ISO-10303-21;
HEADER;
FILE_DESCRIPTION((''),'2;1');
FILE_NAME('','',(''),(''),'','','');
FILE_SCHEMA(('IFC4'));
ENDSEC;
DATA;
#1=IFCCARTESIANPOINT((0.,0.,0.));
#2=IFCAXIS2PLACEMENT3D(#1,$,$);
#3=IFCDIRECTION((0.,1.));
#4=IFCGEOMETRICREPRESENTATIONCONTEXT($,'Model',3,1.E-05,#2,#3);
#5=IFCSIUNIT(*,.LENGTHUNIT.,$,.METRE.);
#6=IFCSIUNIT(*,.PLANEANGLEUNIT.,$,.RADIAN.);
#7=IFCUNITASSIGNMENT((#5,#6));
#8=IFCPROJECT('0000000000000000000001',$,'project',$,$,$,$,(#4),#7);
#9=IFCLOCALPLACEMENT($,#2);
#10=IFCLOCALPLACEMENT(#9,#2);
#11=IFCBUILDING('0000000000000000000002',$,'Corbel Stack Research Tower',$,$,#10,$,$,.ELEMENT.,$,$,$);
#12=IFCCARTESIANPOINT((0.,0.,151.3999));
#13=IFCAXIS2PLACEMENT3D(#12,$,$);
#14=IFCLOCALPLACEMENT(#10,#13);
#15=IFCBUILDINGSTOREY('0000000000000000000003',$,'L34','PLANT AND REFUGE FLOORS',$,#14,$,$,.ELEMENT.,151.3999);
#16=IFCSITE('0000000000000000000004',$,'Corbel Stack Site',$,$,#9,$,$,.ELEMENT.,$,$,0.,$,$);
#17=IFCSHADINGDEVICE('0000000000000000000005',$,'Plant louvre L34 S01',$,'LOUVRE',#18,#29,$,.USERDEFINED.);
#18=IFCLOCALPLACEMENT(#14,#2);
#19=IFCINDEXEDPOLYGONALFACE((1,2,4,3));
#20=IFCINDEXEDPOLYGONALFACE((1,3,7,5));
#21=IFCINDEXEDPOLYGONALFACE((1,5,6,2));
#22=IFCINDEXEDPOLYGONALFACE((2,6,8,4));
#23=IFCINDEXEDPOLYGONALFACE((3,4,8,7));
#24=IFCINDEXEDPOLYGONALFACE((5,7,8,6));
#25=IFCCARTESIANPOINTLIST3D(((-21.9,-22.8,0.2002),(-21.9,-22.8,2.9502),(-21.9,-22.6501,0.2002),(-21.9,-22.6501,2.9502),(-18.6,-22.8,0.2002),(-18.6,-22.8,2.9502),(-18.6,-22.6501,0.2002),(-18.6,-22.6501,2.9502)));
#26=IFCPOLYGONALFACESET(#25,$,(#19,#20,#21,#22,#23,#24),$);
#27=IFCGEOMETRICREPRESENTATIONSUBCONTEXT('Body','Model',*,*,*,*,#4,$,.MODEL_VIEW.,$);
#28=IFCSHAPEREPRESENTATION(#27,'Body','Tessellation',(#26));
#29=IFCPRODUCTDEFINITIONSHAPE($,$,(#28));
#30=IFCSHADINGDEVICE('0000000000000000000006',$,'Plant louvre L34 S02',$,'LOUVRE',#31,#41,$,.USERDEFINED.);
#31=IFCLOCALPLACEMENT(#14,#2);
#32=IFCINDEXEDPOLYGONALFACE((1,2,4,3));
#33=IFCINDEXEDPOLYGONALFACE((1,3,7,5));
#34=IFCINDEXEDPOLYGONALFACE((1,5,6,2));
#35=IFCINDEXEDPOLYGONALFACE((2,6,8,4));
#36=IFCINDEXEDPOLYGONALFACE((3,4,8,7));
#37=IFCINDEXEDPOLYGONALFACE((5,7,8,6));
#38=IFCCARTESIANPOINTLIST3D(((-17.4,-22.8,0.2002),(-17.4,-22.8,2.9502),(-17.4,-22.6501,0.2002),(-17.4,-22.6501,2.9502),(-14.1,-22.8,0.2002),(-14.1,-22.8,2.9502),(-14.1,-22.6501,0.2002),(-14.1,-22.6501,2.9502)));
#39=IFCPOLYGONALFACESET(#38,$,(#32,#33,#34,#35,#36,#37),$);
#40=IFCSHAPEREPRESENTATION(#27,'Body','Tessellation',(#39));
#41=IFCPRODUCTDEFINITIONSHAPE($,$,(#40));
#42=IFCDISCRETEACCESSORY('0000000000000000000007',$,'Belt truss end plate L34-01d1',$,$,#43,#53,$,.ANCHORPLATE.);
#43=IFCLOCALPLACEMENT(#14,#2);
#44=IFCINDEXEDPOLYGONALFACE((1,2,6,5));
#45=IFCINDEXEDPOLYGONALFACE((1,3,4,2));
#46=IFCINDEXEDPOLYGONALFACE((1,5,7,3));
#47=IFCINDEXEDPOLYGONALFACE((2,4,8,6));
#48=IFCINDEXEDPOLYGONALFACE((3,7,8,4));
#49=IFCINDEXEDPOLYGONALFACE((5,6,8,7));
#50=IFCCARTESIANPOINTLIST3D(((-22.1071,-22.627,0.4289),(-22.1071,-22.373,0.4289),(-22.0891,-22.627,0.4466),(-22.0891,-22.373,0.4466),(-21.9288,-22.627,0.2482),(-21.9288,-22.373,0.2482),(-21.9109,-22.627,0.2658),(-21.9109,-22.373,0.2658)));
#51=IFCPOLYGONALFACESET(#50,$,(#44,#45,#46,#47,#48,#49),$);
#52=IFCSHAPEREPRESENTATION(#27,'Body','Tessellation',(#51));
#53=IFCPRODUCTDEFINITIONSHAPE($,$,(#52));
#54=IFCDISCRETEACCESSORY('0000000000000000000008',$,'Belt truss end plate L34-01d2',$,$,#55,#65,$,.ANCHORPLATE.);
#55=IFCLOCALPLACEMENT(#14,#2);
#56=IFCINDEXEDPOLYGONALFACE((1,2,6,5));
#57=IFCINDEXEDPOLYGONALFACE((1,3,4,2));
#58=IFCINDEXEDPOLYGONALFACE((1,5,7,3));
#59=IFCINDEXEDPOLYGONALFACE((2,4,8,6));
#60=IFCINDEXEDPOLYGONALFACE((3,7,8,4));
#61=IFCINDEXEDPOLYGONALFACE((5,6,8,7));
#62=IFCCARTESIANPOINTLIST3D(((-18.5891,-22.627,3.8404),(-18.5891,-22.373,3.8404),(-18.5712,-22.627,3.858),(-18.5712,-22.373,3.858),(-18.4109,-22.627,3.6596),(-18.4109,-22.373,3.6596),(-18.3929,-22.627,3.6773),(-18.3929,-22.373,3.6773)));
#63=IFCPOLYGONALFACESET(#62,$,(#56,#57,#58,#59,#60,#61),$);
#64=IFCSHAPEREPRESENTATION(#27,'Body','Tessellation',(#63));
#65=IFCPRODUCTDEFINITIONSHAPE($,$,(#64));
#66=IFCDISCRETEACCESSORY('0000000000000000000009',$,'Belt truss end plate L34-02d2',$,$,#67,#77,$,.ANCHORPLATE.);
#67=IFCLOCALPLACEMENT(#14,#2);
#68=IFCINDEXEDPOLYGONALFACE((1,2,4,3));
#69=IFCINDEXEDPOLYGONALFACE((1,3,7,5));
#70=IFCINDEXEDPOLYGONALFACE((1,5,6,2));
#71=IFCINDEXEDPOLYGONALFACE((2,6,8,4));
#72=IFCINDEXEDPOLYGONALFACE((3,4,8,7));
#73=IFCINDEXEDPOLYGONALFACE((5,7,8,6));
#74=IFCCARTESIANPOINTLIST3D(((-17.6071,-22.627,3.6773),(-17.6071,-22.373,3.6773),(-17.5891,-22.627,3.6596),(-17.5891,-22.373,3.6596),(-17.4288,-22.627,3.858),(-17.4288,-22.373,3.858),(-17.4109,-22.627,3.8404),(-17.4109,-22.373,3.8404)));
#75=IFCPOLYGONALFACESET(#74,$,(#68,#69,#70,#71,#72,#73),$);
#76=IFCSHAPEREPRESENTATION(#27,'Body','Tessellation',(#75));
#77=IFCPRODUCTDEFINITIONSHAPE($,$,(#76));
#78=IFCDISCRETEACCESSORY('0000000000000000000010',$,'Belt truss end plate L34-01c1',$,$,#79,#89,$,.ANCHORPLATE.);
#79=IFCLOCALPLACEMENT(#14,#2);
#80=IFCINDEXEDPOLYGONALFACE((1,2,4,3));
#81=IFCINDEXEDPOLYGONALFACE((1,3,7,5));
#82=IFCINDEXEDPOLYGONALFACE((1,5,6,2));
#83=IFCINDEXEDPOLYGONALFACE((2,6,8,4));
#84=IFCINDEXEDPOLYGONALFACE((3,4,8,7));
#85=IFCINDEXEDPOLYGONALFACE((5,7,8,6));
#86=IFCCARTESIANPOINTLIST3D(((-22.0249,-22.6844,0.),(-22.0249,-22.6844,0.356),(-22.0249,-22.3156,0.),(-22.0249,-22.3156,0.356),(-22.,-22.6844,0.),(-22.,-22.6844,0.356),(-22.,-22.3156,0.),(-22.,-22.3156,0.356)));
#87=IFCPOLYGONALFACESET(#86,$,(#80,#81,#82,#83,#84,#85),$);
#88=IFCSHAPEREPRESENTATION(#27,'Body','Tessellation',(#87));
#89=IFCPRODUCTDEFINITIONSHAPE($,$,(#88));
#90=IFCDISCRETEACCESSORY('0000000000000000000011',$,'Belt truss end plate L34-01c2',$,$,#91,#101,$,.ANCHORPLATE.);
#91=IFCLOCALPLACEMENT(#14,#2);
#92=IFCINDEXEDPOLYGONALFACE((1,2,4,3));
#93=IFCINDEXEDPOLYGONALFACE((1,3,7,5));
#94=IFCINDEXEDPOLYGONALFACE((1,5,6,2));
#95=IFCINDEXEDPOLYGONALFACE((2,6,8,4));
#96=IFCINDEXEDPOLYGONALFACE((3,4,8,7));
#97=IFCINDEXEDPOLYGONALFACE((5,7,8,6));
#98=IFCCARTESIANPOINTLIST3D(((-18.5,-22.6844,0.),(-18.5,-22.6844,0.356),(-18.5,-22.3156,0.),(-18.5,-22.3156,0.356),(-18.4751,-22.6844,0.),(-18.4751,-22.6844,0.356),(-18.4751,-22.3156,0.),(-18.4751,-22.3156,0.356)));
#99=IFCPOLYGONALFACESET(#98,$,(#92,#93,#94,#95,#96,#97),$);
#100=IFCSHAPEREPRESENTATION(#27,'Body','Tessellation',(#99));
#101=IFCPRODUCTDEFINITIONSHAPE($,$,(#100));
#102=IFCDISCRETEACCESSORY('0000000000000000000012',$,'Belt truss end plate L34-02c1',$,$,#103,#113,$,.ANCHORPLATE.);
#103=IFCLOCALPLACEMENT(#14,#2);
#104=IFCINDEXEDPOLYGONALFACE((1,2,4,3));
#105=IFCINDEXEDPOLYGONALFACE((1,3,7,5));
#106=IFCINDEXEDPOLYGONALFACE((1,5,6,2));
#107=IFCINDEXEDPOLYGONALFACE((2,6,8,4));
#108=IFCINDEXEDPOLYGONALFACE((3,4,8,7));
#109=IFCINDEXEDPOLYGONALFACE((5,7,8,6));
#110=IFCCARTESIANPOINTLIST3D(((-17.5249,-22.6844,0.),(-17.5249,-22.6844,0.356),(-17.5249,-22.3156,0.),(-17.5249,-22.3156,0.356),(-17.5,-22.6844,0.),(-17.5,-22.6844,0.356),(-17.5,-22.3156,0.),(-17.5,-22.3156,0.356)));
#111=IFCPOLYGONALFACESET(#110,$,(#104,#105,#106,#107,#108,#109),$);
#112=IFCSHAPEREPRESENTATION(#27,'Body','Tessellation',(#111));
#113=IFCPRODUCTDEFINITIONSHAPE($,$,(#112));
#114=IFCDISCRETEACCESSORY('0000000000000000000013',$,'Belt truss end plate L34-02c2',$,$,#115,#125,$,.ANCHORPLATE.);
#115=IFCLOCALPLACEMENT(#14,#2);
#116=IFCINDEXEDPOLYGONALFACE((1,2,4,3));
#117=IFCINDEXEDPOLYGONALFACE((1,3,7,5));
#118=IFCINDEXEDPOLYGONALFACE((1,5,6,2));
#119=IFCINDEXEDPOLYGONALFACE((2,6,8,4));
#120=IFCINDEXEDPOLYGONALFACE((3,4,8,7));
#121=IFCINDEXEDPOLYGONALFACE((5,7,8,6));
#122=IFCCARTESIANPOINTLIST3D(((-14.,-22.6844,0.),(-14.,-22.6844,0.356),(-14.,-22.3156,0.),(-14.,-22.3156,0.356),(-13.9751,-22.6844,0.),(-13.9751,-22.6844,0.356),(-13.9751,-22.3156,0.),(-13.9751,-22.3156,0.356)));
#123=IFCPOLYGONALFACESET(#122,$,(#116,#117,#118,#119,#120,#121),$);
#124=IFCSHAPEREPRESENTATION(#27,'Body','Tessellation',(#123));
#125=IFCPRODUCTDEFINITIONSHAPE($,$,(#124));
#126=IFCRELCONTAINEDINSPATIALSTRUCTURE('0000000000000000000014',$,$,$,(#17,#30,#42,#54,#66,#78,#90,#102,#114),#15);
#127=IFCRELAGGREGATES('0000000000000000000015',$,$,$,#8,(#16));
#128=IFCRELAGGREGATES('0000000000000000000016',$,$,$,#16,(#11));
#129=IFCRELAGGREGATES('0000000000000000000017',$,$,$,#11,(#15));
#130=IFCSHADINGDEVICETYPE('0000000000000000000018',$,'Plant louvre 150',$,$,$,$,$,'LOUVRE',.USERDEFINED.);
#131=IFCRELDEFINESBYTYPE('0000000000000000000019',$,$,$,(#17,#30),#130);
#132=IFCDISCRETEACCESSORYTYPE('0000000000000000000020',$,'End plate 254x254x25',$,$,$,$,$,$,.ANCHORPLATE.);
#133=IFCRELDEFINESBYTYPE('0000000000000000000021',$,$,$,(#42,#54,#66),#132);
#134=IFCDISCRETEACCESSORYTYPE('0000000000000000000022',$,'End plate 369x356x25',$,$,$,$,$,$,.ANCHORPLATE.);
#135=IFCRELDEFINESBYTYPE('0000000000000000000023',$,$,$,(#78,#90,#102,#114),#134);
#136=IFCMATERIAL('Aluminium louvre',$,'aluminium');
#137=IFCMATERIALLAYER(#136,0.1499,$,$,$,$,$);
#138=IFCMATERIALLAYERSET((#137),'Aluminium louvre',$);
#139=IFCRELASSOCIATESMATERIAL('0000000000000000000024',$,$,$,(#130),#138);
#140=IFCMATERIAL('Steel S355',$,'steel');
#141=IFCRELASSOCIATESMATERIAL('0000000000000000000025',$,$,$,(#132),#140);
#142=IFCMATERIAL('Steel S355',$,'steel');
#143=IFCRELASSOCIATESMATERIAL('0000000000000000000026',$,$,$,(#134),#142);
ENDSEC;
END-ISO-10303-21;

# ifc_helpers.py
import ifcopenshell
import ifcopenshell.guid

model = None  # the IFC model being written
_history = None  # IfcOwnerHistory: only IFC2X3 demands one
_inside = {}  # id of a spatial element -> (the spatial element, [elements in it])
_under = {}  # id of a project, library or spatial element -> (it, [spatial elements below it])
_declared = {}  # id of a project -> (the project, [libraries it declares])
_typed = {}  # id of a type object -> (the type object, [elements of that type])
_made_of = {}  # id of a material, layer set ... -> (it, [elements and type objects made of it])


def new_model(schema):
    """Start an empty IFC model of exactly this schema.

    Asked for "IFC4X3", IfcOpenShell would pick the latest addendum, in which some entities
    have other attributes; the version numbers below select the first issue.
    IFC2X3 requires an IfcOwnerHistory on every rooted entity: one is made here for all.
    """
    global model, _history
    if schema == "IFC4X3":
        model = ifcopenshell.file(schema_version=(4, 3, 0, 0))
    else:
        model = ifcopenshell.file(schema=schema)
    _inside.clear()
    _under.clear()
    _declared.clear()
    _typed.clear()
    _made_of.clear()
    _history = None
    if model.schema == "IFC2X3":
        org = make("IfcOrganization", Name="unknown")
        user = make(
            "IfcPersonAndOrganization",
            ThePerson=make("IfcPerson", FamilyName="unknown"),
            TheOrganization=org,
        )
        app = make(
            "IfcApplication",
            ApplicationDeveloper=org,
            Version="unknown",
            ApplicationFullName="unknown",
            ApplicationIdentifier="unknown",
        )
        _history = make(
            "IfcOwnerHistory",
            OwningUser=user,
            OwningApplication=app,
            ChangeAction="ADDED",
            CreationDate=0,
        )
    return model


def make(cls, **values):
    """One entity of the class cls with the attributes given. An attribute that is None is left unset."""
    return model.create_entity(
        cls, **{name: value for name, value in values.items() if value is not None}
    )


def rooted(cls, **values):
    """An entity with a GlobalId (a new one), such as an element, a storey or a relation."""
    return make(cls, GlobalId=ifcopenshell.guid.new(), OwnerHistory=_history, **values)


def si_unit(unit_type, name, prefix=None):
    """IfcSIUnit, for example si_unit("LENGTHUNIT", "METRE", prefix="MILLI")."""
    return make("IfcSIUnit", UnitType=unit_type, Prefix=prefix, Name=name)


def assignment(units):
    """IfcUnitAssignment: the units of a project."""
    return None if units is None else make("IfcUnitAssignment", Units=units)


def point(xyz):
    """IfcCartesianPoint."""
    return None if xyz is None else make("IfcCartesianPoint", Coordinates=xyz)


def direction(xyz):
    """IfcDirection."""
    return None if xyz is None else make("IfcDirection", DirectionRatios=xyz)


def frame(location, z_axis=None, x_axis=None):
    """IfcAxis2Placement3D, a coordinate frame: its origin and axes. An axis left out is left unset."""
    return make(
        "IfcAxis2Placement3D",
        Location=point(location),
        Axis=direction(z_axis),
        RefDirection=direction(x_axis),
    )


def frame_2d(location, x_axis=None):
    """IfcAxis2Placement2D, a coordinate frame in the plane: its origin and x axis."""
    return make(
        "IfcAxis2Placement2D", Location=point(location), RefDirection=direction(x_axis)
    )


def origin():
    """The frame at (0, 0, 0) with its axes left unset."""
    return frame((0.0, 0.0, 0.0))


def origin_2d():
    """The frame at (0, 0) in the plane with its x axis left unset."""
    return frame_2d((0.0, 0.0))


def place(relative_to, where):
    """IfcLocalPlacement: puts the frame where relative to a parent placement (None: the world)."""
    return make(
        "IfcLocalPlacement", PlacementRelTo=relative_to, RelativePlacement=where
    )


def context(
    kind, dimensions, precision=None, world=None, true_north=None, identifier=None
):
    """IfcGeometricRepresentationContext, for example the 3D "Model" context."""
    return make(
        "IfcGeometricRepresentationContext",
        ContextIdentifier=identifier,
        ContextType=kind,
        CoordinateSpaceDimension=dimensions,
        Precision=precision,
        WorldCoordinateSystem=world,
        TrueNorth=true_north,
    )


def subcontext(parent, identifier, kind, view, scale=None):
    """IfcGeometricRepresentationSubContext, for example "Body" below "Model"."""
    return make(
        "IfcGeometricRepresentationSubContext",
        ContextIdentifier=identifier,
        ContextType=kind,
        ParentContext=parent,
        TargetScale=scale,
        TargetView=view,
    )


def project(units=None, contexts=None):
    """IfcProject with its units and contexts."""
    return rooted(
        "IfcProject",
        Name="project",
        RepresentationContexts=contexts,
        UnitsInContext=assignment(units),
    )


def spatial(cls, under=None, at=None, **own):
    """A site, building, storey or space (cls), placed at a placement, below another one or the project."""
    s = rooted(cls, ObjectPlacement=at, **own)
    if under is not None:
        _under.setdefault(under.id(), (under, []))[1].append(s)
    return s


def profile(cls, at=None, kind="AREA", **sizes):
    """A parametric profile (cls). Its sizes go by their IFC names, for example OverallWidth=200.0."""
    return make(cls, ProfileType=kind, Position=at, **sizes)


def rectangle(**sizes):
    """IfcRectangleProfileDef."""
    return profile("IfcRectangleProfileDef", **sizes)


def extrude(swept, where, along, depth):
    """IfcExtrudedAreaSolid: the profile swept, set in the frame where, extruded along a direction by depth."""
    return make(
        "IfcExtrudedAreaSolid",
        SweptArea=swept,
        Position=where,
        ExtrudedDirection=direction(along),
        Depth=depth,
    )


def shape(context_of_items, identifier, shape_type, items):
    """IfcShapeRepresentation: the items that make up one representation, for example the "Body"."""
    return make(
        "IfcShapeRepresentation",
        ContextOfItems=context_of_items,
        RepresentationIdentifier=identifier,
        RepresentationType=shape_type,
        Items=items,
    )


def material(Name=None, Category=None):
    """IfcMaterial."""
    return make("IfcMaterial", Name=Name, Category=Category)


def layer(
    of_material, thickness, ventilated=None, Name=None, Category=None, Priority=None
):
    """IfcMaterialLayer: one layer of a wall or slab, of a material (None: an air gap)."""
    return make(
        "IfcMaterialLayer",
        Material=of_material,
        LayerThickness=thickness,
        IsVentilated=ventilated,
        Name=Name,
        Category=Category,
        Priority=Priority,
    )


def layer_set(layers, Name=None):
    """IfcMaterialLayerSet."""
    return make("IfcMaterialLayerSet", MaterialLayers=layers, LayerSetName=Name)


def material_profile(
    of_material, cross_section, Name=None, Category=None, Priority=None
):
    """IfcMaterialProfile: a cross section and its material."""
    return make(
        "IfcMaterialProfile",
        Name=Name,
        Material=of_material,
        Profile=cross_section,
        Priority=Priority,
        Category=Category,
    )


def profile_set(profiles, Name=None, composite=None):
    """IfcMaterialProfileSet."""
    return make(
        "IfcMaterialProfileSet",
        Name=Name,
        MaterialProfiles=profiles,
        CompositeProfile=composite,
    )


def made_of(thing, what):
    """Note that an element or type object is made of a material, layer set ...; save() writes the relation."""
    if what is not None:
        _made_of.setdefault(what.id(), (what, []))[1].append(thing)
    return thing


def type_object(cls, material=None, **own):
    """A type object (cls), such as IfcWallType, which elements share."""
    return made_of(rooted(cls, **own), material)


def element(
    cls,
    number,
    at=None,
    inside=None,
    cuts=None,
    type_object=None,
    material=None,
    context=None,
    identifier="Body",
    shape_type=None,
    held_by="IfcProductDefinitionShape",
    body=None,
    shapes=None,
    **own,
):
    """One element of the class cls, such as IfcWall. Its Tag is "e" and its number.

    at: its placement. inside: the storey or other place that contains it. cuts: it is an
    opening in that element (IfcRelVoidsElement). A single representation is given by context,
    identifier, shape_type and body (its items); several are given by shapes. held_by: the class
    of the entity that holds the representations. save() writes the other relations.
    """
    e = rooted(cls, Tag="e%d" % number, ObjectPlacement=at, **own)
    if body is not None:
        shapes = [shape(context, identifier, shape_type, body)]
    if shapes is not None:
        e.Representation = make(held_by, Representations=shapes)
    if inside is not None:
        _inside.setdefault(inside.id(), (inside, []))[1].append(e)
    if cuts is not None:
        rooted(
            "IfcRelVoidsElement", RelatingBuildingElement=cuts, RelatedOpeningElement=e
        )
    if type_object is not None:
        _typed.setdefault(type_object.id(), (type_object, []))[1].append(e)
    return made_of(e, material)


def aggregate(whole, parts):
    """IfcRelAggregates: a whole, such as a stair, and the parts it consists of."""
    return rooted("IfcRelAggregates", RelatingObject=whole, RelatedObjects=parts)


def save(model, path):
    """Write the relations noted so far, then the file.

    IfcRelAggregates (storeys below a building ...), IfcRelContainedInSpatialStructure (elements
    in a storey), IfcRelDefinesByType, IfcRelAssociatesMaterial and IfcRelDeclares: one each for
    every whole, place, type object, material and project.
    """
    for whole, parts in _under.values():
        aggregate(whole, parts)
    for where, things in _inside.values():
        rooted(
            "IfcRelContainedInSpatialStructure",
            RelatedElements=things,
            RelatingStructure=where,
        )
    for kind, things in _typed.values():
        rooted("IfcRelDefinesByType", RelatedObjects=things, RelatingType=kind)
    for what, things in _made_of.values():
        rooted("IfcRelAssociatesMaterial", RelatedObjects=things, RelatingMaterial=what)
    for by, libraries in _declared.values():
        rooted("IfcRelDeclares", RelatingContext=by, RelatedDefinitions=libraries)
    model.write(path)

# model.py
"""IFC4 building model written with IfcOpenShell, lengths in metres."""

from ifc_helpers import new_model, si_unit, direction, frame, origin, origin_2d, place, context, subcontext, project, spatial, rectangle, extrude, material, layer, layer_set, material_profile, profile_set, type_object, element, save


model = new_model("IFC4")

# Units and contexts
model_context = context("Model", 3, precision=1e-05, world=origin(), true_north=direction((0.0, 1.0)))
body_context = subcontext(model_context, "Body", "Model", "MODEL_VIEW")
ifc_project = project(units=[si_unit("LENGTHUNIT", "METRE"), si_unit("PLANEANGLEUNIT", "RADIAN")], contexts=[model_context])

# Site, building, storey
site_placement = place(None, origin())
site = spatial("IfcSite", under=ifc_project, at=site_placement, Name="Corbel Stack Site", CompositionType="ELEMENT", RefElevation=0.0)
building_placement = place(site_placement, origin())
building = spatial("IfcBuilding", under=site, at=building_placement, Name="Corbel Stack Research Tower", CompositionType="ELEMENT")
storey_placement = place(building_placement, frame((0.0, 0.0, 151.3999)))
storey = spatial("IfcBuildingStorey", under=building, at=storey_placement, Name="L34", Description="PLANT AND REFUGE FLOORS", CompositionType="ELEMENT", Elevation=151.3999)

# Shading devices
ifc_material_1 = material(Name="Aluminium louvre", Category="aluminium")
ifc_layer_1 = layer(ifc_material_1, 0.1499)
ifc_layer_set_1 = layer_set([ifc_layer_1], Name="Aluminium louvre")
shading_device_type = type_object("IfcShadingDeviceType", Name="Plant louvre 150", ElementType="LOUVRE", PredefinedType="USERDEFINED", material=ifc_layer_set_1)
for number, where, z_axis, x_axis, name in (
    (1, (-20.25, -22.7251, 0.2002), (0.0, 0.0, 1.0), (1.0, 0.0, 0.0), "Plant louvre L34 S01"),
    (2, (-15.75, -22.7251, 0.2002), (0.0, 0.0, 1.0), (1.0, 0.0, 0.0), "Plant louvre L34 S02"),
):
    element("IfcShadingDevice", number, at=place(storey_placement, frame(where, z_axis=z_axis, x_axis=x_axis)), inside=storey, type_object=shading_device_type, Name=name, ObjectType="LOUVRE", PredefinedType="USERDEFINED", context=body_context, shape_type="SweptSolid", body=[
        extrude(rectangle(XDim=3.3, YDim=0.1499, at=origin_2d()), origin(), (0.0, 0.0, 1.0), 2.75),
    ])

# Discrete accessories
ifc_material_2 = material(Name="Steel S355", Category="steel")
ifc_material_profile_1 = material_profile(ifc_material_2, rectangle(XDim=0.2539, YDim=0.2539, at=origin_2d()), Name="End plate 254x254x25")
ifc_profile_set_1 = profile_set([ifc_material_profile_1], Name="Steel S355")
discrete_accessory_type_1 = type_object("IfcDiscreteAccessoryType", Name="End plate 254x254x25", PredefinedType="ANCHORPLATE", material=ifc_profile_set_1)
for number, where, z_axis, x_axis, name in (
    (3, (-22.0, -22.5, 0.3562), (-0.711966, 0.0, -0.702213), (0.0, -1.0, 0.0), "Belt truss end plate L34-01d1"),
    (4, (-18.5, -22.5, 3.75), (0.711966, 0.0, 0.702213), (0.0, 1.0, 0.0), "Belt truss end plate L34-01d2"),
    (5, (-17.5, -22.5, 3.75), (-0.711966, 0.0, 0.702213), (0.0, -1.0, 0.0), "Belt truss end plate L34-02d2"),
):
    element("IfcDiscreteAccessory", number, at=place(storey_placement, frame(where, z_axis=z_axis, x_axis=x_axis)), inside=storey, type_object=discrete_accessory_type_1, Name=name, PredefinedType="ANCHORPLATE", context=body_context, shape_type="SweptSolid", body=[
        extrude(rectangle(XDim=0.2539, YDim=0.2539, at=origin_2d()), origin(), (0.0, 0.0, 1.0), 0.0251),
    ])
ifc_material_3 = material(Name="Steel S355", Category="steel")
ifc_material_profile_2 = material_profile(ifc_material_3, rectangle(XDim=0.3689, YDim=0.356, at=origin_2d()), Name="End plate 369x356x25")
ifc_profile_set_2 = profile_set([ifc_material_profile_2], Name="Steel S355")
discrete_accessory_type_2 = type_object("IfcDiscreteAccessoryType", Name="End plate 369x356x25", PredefinedType="ANCHORPLATE", material=ifc_profile_set_2)
for number, where, z_axis, x_axis, name in (
    (6, (-22.0, -22.5, 0.178), (-1.0, 0.0, 0.0), (0.0, -1.0, 0.0), "Belt truss end plate L34-01c1"),
    (7, (-18.5, -22.5, 0.178), (1.0, 0.0, 0.0), (0.0, 1.0, 0.0), "Belt truss end plate L34-01c2"),
    (8, (-17.5, -22.5, 0.178), (-1.0, 0.0, 0.0), (0.0, -1.0, 0.0), "Belt truss end plate L34-02c1"),
    (9, (-14.0, -22.5, 0.178), (1.0, 0.0, 0.0), (0.0, 1.0, 0.0), "Belt truss end plate L34-02c2"),
):
    element("IfcDiscreteAccessory", number, at=place(storey_placement, frame(where, z_axis=z_axis, x_axis=x_axis)), inside=storey, type_object=discrete_accessory_type_2, Name=name, PredefinedType="ANCHORPLATE", context=body_context, shape_type="SweptSolid", body=[
        extrude(rectangle(XDim=0.3689, YDim=0.356, at=origin_2d()), origin(), (0.0, 0.0, 1.0), 0.0249),
    ])

save(model, "model.ifc")
